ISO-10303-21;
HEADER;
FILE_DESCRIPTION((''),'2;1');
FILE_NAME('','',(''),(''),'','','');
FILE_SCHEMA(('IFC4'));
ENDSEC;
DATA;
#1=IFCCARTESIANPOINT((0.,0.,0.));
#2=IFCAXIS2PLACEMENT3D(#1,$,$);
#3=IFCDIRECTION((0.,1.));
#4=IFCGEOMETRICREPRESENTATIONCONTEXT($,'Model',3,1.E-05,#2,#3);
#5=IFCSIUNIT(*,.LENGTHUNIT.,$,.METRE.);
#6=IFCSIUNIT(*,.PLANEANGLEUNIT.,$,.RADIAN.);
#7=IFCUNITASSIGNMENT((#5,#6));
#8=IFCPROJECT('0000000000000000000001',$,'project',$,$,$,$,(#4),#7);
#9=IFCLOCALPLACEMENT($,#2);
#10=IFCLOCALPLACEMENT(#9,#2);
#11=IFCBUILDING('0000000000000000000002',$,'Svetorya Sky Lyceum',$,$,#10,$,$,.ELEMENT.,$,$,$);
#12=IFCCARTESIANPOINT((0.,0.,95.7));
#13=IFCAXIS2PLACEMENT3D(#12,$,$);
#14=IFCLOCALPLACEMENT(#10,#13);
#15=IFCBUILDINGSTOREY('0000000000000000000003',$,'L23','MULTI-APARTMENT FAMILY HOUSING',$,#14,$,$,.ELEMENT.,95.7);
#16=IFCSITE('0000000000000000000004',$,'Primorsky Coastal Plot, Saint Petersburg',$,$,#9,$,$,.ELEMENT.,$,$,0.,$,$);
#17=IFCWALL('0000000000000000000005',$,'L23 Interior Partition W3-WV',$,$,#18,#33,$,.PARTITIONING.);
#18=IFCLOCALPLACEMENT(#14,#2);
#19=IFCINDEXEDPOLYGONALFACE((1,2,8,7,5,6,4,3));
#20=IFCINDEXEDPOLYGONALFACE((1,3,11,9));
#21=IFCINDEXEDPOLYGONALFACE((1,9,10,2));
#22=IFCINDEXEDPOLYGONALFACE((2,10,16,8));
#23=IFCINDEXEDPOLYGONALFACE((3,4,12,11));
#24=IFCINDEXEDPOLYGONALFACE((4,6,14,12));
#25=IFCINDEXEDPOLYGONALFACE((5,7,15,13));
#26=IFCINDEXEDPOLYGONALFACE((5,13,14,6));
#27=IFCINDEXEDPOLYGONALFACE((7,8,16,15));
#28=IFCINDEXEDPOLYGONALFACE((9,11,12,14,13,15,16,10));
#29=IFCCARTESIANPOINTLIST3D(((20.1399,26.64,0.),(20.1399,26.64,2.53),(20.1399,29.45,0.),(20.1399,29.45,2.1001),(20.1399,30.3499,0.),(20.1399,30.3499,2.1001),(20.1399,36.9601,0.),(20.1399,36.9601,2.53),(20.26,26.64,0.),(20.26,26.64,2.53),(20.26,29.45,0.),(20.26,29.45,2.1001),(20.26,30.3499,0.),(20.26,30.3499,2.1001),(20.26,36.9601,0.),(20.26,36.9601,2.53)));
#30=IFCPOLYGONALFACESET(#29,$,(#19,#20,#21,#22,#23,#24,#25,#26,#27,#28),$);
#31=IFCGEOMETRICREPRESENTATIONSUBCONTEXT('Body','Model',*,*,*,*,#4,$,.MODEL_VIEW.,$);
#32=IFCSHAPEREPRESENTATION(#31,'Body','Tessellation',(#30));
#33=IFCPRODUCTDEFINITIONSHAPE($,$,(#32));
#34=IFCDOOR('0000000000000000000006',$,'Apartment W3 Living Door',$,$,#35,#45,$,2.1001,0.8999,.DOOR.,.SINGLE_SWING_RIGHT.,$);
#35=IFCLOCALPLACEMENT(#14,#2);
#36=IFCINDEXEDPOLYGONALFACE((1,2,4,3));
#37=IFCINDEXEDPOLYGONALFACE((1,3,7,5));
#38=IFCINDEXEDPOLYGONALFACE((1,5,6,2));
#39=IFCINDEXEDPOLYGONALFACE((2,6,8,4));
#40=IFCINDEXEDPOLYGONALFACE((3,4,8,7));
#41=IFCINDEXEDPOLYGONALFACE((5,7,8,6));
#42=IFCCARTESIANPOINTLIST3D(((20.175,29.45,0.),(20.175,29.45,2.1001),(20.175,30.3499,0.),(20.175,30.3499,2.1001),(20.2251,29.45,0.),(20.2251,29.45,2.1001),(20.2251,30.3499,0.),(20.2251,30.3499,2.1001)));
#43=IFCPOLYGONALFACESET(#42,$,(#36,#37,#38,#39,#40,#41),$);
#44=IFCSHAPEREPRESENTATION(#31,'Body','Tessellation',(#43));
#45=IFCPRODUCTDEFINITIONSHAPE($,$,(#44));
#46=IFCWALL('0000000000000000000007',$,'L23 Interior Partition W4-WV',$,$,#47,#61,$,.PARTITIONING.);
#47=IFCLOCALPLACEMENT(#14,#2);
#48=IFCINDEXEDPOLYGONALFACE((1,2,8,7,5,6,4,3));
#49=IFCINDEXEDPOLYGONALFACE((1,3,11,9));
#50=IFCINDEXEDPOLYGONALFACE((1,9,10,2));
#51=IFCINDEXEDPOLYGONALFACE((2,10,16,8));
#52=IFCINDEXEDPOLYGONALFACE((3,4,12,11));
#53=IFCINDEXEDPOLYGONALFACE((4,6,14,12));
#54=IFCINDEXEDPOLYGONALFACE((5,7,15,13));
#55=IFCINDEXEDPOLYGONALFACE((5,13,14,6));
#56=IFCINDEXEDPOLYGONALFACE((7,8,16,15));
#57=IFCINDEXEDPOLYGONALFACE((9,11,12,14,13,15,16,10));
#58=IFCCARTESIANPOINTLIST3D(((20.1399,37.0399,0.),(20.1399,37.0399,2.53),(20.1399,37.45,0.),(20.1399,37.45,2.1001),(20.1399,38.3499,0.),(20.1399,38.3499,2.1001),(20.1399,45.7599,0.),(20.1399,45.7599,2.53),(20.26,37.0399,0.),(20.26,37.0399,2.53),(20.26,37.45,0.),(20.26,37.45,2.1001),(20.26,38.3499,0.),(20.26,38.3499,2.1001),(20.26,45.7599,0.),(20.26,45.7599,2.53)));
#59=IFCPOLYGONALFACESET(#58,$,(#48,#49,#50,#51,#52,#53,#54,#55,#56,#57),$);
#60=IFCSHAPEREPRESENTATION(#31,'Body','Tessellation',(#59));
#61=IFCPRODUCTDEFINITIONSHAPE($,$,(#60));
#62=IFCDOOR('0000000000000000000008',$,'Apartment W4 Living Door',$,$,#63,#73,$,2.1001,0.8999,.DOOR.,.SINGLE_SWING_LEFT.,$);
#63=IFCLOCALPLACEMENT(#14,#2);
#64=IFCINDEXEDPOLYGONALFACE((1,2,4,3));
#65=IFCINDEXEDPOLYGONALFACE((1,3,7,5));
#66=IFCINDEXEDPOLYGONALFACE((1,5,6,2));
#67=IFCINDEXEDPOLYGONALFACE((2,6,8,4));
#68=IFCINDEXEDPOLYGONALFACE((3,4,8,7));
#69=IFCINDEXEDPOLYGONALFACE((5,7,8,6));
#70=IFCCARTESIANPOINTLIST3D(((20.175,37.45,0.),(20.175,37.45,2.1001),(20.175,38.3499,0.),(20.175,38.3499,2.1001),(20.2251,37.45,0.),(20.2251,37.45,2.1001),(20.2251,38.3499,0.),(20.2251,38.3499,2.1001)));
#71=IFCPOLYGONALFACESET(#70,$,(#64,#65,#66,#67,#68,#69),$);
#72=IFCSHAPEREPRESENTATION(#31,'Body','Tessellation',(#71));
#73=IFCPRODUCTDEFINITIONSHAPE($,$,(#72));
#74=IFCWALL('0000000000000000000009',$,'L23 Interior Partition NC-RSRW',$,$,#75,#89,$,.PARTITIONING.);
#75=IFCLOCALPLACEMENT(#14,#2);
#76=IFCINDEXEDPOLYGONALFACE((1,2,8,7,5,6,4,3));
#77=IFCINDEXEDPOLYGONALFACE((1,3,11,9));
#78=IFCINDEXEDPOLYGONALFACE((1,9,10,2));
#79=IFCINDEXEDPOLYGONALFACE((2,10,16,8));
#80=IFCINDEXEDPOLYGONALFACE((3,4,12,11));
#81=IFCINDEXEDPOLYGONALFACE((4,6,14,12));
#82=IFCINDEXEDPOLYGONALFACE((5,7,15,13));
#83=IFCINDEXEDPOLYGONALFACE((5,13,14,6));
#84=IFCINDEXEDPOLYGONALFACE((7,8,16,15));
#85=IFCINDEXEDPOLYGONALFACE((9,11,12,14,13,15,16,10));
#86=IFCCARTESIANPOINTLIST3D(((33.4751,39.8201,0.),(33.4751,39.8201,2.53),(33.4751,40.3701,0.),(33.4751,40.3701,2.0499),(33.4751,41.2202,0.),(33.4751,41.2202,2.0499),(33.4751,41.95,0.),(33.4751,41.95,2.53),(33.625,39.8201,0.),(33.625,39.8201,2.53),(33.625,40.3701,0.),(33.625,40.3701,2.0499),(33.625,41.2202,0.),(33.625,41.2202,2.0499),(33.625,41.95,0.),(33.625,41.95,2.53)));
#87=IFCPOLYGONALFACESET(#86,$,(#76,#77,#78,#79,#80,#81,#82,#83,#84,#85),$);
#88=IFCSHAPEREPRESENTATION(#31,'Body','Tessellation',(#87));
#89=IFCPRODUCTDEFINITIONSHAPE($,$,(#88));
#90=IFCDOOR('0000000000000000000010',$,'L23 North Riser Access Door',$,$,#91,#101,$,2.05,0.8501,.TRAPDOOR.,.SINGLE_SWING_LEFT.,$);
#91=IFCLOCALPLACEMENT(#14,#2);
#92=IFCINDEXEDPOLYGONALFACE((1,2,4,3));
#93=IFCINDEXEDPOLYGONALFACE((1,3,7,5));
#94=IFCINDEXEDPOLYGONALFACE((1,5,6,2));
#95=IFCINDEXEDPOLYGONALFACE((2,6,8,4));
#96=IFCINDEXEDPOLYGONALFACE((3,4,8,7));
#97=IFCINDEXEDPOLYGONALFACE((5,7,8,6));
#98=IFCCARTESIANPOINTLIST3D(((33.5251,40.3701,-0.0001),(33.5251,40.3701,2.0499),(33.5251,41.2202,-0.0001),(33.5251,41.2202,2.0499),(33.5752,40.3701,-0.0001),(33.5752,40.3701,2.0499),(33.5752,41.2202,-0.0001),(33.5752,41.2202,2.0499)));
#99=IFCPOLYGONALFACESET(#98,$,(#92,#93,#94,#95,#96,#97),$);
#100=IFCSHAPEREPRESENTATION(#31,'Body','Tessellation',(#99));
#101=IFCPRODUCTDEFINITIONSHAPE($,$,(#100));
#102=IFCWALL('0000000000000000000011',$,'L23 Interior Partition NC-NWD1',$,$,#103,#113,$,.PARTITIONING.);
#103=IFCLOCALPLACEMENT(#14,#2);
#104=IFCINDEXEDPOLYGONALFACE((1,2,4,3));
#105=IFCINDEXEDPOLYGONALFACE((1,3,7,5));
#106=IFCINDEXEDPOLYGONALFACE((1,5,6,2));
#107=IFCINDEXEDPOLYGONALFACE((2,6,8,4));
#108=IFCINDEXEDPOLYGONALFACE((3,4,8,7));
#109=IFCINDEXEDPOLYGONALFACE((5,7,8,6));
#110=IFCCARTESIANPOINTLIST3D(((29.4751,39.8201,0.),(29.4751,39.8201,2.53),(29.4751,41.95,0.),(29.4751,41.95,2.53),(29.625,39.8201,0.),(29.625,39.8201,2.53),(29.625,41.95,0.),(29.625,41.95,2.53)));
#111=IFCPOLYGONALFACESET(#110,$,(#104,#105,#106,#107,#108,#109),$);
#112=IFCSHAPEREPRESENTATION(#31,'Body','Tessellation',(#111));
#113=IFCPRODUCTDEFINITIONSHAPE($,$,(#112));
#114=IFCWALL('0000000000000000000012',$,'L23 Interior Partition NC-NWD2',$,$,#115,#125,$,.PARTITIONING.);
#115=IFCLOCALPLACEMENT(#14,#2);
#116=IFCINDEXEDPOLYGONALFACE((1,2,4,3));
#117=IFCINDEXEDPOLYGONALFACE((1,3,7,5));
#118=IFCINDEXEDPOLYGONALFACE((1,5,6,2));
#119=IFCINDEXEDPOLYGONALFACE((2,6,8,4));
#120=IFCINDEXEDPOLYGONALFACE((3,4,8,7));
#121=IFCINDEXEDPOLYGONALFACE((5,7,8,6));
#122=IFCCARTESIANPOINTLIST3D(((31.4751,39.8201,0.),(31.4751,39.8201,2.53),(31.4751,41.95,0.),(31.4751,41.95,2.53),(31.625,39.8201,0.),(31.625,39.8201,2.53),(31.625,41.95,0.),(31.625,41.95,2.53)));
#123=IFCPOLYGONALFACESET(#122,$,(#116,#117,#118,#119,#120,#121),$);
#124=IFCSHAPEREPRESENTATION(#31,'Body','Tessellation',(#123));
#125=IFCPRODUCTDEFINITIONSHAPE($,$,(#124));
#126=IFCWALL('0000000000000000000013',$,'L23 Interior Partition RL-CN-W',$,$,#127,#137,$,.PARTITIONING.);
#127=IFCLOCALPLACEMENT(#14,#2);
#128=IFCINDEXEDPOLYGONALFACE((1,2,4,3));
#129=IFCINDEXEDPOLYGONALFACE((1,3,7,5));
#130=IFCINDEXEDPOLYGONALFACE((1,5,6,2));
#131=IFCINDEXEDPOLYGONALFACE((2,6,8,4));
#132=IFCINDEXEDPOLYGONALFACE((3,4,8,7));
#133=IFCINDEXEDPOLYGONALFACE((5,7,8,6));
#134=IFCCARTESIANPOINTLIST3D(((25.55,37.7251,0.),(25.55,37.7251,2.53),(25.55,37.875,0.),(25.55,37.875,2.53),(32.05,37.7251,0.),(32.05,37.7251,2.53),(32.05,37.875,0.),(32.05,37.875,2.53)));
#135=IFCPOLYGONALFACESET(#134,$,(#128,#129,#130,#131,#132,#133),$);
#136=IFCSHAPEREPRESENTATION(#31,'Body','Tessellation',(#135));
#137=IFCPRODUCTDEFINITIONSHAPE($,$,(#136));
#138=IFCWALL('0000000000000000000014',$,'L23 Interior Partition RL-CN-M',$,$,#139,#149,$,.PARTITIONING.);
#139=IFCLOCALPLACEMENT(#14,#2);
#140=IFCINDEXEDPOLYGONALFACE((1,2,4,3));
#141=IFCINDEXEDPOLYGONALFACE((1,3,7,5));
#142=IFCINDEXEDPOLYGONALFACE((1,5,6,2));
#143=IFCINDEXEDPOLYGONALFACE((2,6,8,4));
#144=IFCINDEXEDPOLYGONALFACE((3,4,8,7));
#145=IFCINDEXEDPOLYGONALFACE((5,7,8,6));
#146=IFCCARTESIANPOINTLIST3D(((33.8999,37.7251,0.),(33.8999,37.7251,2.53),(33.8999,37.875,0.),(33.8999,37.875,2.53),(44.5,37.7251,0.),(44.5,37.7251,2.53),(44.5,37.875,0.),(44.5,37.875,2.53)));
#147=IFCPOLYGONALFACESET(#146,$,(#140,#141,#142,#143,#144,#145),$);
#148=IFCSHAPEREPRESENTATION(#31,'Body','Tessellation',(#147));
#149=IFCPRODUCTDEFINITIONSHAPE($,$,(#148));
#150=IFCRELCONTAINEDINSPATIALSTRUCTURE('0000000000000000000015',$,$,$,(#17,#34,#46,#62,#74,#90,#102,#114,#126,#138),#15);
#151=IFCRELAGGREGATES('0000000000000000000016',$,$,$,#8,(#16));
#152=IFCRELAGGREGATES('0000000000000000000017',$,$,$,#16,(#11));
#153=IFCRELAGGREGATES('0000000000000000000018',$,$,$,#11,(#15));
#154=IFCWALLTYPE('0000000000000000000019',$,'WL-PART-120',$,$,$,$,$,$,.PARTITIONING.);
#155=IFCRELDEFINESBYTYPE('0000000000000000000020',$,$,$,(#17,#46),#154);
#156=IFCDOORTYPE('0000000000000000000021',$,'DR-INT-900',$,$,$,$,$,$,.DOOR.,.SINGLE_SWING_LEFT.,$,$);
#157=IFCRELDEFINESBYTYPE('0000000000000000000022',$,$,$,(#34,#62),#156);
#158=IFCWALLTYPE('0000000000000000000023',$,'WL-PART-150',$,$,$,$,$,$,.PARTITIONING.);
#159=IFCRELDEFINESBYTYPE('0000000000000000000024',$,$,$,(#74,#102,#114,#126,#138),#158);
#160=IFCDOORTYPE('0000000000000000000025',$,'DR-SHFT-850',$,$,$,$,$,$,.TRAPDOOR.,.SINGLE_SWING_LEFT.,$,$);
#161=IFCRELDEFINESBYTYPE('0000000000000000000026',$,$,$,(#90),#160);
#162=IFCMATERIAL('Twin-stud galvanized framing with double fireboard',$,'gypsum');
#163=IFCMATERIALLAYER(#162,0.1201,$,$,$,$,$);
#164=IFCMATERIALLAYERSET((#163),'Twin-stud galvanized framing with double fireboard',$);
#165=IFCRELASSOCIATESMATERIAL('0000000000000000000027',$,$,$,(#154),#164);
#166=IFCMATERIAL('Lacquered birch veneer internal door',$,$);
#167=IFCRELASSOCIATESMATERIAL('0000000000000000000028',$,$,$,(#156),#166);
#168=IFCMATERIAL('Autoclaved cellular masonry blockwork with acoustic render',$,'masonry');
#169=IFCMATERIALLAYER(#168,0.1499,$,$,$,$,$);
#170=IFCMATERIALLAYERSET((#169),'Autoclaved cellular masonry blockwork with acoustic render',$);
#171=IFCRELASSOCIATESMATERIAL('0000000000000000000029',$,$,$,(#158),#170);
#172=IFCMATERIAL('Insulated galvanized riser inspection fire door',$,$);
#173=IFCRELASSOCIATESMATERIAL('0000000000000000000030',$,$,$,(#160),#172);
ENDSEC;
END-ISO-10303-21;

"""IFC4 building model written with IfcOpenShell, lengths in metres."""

from ifc_helpers import new_model, si_unit, direction, frame, frame_2d, origin, place, context, subcontext, project, spatial, rectangle, extrude, material, layer, layer_set, type_object, element, fill, save


model = new_model("IFC4")

# Units and contexts
model_context = context("Model", 3, precision=1e-05, world=origin(), true_north=direction((0.0, 1.0)))
body_context = subcontext(model_context, "Body", "Model", "MODEL_VIEW")
ifc_project = project(units=[si_unit("LENGTHUNIT", "METRE"), si_unit("PLANEANGLEUNIT", "RADIAN")], contexts=[model_context])

# Site, building, storey
site_placement = place(None, origin())
site = spatial("IfcSite", under=ifc_project, at=site_placement, Name="Primorsky Coastal Plot, Saint Petersburg", CompositionType="ELEMENT", RefElevation=0.0)
building_placement = place(site_placement, origin())
building = spatial("IfcBuilding", under=site, at=building_placement, Name="Svetorya Sky Lyceum", CompositionType="ELEMENT")
storey_placement = place(building_placement, frame((0.0, 0.0, 95.7)))
storey = spatial("IfcBuildingStorey", under=building, at=storey_placement, Name="L23", Description="MULTI-APARTMENT FAMILY HOUSING", CompositionType="ELEMENT", Elevation=95.7)

# Walls, openings, doors
ifc_material_1 = material(Name="Twin-stud galvanized framing with double fireboard", Category="gypsum")
ifc_layer_1 = layer(ifc_material_1, 0.1201)
ifc_layer_set_1 = layer_set([ifc_layer_1], Name="Twin-stud galvanized framing with double fireboard")
wall_type_1 = type_object("IfcWallType", Name="WL-PART-120", PredefinedType="PARTITIONING", material=ifc_layer_set_1)
wall_1_placement = place(storey_placement, frame((20.2, 26.6399, 0.0), z_axis=(0.0, 0.0, 1.0), x_axis=(0.0, 1.0, 0.0)))
wall_1 = element("IfcWall", 1, at=wall_1_placement, inside=storey, type_object=wall_type_1, Name="L23 Interior Partition W3-WV", PredefinedType="PARTITIONING", context=body_context, shape_type="SweptSolid", body=[
    extrude(rectangle(XDim=10.3201, YDim=0.1201, at=frame_2d((5.1602, 0.0))), origin(), (0.0, 0.0, 1.0), 2.53),
])
opening_1_placement = place(wall_1_placement, frame((2.8101, 0.0, 0.0)))
opening_1 = element("IfcOpeningElement", 2, at=opening_1_placement, cuts=wall_1, PredefinedType="OPENING", context=body_context, shape_type="SweptSolid", body=[
    extrude(rectangle(XDim=0.8999, YDim=2.1001, at=frame_2d((0.45, 1.05))), frame((0.0, 0.0701, 0.0), z_axis=(0.0, -1.0, 0.0), x_axis=(1.0, 0.0, 0.0)), (0.0, 0.0, 1.0), 0.1401),
])
ifc_material_2 = material(Name="Lacquered birch veneer internal door")
door_type_1 = type_object("IfcDoorType", Name="DR-INT-900", OperationType="SINGLE_SWING_LEFT", PredefinedType="DOOR", material=ifc_material_2)
door_1_placement = place(opening_1_placement, origin())
door_1 = element("IfcDoor", 3, at=door_1_placement, inside=storey, type_object=door_type_1, Name="Apartment W3 Living Door", OperationType="SINGLE_SWING_RIGHT", OverallHeight=2.1001, OverallWidth=0.8999, PredefinedType="DOOR", context=body_context, shape_type="SweptSolid", body=[
    extrude(rectangle(XDim=0.8999, YDim=2.1001, at=frame_2d((0.45, 1.05))), frame((0.0, 0.0249, 0.0), z_axis=(0.0, -1.0, 0.0), x_axis=(1.0, 0.0, 0.0)), (0.0, 0.0, 1.0), 0.05),
])
fill(opening_1, door_1)
wall_2_placement = place(storey_placement, frame((20.2, 37.04, 0.0), z_axis=(0.0, 0.0, 1.0), x_axis=(0.0, 1.0, 0.0)))
wall_2 = element("IfcWall", 4, at=wall_2_placement, inside=storey, type_object=wall_type_1, Name="L23 Interior Partition W4-WV", PredefinedType="PARTITIONING", context=body_context, shape_type="SweptSolid", body=[
    extrude(rectangle(XDim=8.72, YDim=0.1201, at=frame_2d((4.3599, 0.0))), origin(), (0.0, 0.0, 1.0), 2.53),
])
opening_2_placement = place(wall_2_placement, frame((0.4099, 0.0, 0.0)))
opening_2 = element("IfcOpeningElement", 5, at=opening_2_placement, cuts=wall_2, PredefinedType="OPENING", context=body_context, shape_type="SweptSolid", body=[
    extrude(rectangle(XDim=0.8999, YDim=2.1001, at=frame_2d((0.45, 1.05))), frame((0.0, 0.0701, 0.0), z_axis=(0.0, -1.0, 0.0), x_axis=(1.0, 0.0, 0.0)), (0.0, 0.0, 1.0), 0.1401),
])
door_2_placement = place(opening_2_placement, origin())
door_2 = element("IfcDoor", 6, at=door_2_placement, inside=storey, type_object=door_type_1, Name="Apartment W4 Living Door", OperationType="SINGLE_SWING_LEFT", OverallHeight=2.1001, OverallWidth=0.8999, PredefinedType="DOOR", context=body_context, shape_type="SweptSolid", body=[
    extrude(rectangle(XDim=0.8999, YDim=2.1001, at=frame_2d((0.45, 1.05))), frame((0.0, 0.0249, 0.0), z_axis=(0.0, -1.0, 0.0), x_axis=(1.0, 0.0, 0.0)), (0.0, 0.0, 1.0), 0.05),
])
fill(opening_2, door_2)
ifc_material_3 = material(Name="Autoclaved cellular masonry blockwork with acoustic render", Category="masonry")
ifc_layer_2 = layer(ifc_material_3, 0.1499)
ifc_layer_set_2 = layer_set([ifc_layer_2], Name="Autoclaved cellular masonry blockwork with acoustic render")
wall_type_2 = type_object("IfcWallType", Name="WL-PART-150", PredefinedType="PARTITIONING", material=ifc_layer_set_2)
wall_3_placement = place(storey_placement, frame((33.55, 39.8201, 0.0), z_axis=(0.0, 0.0, 1.0), x_axis=(0.0, 1.0, 0.0)))
wall_3 = element("IfcWall", 7, at=wall_3_placement, inside=storey, type_object=wall_type_2, Name="L23 Interior Partition NC-RSRW", PredefinedType="PARTITIONING", context=body_context, shape_type="SweptSolid", body=[
    extrude(rectangle(XDim=2.1299, YDim=0.1499, at=frame_2d((1.0649, 0.0))), origin(), (0.0, 0.0, 1.0), 2.53),
])
opening_3_placement = place(wall_3_placement, frame((0.55, 0.0, 0.0)))
opening_3 = element("IfcOpeningElement", 8, at=opening_3_placement, cuts=wall_3, PredefinedType="OPENING", context=body_context, shape_type="SweptSolid", body=[
    extrude(rectangle(XDim=0.8501, YDim=2.05, at=frame_2d((0.425, 1.0249))), frame((0.0, 0.085, 0.0), z_axis=(0.0, -1.0, 0.0), x_axis=(1.0, 0.0, 0.0)), (0.0, 0.0, 1.0), 0.1699),
])
ifc_material_4 = material(Name="Insulated galvanized riser inspection fire door")
door_type_2 = type_object("IfcDoorType", Name="DR-SHFT-850", OperationType="SINGLE_SWING_LEFT", PredefinedType="TRAPDOOR", material=ifc_material_4)
door_3_placement = place(opening_3_placement, origin())
door_3 = element("IfcDoor", 9, at=door_3_placement, inside=storey, type_object=door_type_2, Name="L23 North Riser Access Door", OperationType="SINGLE_SWING_LEFT", OverallHeight=2.05, OverallWidth=0.8501, PredefinedType="TRAPDOOR", context=body_context, shape_type="SweptSolid", body=[
    extrude(rectangle(XDim=0.8501, YDim=2.05, at=frame_2d((0.425, 1.0249))), frame((0.0, 0.0249, 0.0), z_axis=(0.0, -1.0, 0.0), x_axis=(1.0, 0.0, 0.0)), (0.0, 0.0, 1.0), 0.05),
])
fill(opening_3, door_3)

# Walls
for number, where, z_axis, x_axis, name in (
    (10, (29.55, 39.8201, 0.0), (0.0, 0.0, 1.0), (0.0, 1.0, 0.0), "L23 Interior Partition NC-NWD1"),
    (11, (31.55, 39.8201, 0.0), (0.0, 0.0, 1.0), (0.0, 1.0, 0.0), "L23 Interior Partition NC-NWD2"),
):
    element("IfcWall", number, at=place(storey_placement, frame(where, z_axis=z_axis, x_axis=x_axis)), inside=storey, type_object=wall_type_2, Name=name, PredefinedType="PARTITIONING", context=body_context, shape_type="SweptSolid", body=[
        extrude(rectangle(XDim=2.1299, YDim=0.1499, at=frame_2d((1.0649, 0.0))), origin(), (0.0, 0.0, 1.0), 2.53),
    ])
wall_4_placement = place(storey_placement, frame((25.55, 37.8, 0.0), z_axis=(0.0, 0.0, 1.0), x_axis=(1.0, 0.0, 0.0)))
element("IfcWall", 12, at=wall_4_placement, inside=storey, type_object=wall_type_2, Name="L23 Interior Partition RL-CN-W", PredefinedType="PARTITIONING", context=body_context, shape_type="SweptSolid", body=[
    extrude(rectangle(XDim=6.5, YDim=0.1499, at=frame_2d((3.25, 0.0))), origin(), (0.0, 0.0, 1.0), 2.53),
])
wall_5_placement = place(storey_placement, frame((33.8999, 37.8, 0.0), z_axis=(0.0, 0.0, 1.0), x_axis=(1.0, 0.0, 0.0)))
element("IfcWall", 13, at=wall_5_placement, inside=storey, type_object=wall_type_2, Name="L23 Interior Partition RL-CN-M", PredefinedType="PARTITIONING", context=body_context, shape_type="SweptSolid", body=[
    extrude(rectangle(XDim=10.6001, YDim=0.1499, at=frame_2d((5.3, 0.0))), origin(), (0.0, 0.0, 1.0), 2.53),
])

save(model, "model.ifc")
